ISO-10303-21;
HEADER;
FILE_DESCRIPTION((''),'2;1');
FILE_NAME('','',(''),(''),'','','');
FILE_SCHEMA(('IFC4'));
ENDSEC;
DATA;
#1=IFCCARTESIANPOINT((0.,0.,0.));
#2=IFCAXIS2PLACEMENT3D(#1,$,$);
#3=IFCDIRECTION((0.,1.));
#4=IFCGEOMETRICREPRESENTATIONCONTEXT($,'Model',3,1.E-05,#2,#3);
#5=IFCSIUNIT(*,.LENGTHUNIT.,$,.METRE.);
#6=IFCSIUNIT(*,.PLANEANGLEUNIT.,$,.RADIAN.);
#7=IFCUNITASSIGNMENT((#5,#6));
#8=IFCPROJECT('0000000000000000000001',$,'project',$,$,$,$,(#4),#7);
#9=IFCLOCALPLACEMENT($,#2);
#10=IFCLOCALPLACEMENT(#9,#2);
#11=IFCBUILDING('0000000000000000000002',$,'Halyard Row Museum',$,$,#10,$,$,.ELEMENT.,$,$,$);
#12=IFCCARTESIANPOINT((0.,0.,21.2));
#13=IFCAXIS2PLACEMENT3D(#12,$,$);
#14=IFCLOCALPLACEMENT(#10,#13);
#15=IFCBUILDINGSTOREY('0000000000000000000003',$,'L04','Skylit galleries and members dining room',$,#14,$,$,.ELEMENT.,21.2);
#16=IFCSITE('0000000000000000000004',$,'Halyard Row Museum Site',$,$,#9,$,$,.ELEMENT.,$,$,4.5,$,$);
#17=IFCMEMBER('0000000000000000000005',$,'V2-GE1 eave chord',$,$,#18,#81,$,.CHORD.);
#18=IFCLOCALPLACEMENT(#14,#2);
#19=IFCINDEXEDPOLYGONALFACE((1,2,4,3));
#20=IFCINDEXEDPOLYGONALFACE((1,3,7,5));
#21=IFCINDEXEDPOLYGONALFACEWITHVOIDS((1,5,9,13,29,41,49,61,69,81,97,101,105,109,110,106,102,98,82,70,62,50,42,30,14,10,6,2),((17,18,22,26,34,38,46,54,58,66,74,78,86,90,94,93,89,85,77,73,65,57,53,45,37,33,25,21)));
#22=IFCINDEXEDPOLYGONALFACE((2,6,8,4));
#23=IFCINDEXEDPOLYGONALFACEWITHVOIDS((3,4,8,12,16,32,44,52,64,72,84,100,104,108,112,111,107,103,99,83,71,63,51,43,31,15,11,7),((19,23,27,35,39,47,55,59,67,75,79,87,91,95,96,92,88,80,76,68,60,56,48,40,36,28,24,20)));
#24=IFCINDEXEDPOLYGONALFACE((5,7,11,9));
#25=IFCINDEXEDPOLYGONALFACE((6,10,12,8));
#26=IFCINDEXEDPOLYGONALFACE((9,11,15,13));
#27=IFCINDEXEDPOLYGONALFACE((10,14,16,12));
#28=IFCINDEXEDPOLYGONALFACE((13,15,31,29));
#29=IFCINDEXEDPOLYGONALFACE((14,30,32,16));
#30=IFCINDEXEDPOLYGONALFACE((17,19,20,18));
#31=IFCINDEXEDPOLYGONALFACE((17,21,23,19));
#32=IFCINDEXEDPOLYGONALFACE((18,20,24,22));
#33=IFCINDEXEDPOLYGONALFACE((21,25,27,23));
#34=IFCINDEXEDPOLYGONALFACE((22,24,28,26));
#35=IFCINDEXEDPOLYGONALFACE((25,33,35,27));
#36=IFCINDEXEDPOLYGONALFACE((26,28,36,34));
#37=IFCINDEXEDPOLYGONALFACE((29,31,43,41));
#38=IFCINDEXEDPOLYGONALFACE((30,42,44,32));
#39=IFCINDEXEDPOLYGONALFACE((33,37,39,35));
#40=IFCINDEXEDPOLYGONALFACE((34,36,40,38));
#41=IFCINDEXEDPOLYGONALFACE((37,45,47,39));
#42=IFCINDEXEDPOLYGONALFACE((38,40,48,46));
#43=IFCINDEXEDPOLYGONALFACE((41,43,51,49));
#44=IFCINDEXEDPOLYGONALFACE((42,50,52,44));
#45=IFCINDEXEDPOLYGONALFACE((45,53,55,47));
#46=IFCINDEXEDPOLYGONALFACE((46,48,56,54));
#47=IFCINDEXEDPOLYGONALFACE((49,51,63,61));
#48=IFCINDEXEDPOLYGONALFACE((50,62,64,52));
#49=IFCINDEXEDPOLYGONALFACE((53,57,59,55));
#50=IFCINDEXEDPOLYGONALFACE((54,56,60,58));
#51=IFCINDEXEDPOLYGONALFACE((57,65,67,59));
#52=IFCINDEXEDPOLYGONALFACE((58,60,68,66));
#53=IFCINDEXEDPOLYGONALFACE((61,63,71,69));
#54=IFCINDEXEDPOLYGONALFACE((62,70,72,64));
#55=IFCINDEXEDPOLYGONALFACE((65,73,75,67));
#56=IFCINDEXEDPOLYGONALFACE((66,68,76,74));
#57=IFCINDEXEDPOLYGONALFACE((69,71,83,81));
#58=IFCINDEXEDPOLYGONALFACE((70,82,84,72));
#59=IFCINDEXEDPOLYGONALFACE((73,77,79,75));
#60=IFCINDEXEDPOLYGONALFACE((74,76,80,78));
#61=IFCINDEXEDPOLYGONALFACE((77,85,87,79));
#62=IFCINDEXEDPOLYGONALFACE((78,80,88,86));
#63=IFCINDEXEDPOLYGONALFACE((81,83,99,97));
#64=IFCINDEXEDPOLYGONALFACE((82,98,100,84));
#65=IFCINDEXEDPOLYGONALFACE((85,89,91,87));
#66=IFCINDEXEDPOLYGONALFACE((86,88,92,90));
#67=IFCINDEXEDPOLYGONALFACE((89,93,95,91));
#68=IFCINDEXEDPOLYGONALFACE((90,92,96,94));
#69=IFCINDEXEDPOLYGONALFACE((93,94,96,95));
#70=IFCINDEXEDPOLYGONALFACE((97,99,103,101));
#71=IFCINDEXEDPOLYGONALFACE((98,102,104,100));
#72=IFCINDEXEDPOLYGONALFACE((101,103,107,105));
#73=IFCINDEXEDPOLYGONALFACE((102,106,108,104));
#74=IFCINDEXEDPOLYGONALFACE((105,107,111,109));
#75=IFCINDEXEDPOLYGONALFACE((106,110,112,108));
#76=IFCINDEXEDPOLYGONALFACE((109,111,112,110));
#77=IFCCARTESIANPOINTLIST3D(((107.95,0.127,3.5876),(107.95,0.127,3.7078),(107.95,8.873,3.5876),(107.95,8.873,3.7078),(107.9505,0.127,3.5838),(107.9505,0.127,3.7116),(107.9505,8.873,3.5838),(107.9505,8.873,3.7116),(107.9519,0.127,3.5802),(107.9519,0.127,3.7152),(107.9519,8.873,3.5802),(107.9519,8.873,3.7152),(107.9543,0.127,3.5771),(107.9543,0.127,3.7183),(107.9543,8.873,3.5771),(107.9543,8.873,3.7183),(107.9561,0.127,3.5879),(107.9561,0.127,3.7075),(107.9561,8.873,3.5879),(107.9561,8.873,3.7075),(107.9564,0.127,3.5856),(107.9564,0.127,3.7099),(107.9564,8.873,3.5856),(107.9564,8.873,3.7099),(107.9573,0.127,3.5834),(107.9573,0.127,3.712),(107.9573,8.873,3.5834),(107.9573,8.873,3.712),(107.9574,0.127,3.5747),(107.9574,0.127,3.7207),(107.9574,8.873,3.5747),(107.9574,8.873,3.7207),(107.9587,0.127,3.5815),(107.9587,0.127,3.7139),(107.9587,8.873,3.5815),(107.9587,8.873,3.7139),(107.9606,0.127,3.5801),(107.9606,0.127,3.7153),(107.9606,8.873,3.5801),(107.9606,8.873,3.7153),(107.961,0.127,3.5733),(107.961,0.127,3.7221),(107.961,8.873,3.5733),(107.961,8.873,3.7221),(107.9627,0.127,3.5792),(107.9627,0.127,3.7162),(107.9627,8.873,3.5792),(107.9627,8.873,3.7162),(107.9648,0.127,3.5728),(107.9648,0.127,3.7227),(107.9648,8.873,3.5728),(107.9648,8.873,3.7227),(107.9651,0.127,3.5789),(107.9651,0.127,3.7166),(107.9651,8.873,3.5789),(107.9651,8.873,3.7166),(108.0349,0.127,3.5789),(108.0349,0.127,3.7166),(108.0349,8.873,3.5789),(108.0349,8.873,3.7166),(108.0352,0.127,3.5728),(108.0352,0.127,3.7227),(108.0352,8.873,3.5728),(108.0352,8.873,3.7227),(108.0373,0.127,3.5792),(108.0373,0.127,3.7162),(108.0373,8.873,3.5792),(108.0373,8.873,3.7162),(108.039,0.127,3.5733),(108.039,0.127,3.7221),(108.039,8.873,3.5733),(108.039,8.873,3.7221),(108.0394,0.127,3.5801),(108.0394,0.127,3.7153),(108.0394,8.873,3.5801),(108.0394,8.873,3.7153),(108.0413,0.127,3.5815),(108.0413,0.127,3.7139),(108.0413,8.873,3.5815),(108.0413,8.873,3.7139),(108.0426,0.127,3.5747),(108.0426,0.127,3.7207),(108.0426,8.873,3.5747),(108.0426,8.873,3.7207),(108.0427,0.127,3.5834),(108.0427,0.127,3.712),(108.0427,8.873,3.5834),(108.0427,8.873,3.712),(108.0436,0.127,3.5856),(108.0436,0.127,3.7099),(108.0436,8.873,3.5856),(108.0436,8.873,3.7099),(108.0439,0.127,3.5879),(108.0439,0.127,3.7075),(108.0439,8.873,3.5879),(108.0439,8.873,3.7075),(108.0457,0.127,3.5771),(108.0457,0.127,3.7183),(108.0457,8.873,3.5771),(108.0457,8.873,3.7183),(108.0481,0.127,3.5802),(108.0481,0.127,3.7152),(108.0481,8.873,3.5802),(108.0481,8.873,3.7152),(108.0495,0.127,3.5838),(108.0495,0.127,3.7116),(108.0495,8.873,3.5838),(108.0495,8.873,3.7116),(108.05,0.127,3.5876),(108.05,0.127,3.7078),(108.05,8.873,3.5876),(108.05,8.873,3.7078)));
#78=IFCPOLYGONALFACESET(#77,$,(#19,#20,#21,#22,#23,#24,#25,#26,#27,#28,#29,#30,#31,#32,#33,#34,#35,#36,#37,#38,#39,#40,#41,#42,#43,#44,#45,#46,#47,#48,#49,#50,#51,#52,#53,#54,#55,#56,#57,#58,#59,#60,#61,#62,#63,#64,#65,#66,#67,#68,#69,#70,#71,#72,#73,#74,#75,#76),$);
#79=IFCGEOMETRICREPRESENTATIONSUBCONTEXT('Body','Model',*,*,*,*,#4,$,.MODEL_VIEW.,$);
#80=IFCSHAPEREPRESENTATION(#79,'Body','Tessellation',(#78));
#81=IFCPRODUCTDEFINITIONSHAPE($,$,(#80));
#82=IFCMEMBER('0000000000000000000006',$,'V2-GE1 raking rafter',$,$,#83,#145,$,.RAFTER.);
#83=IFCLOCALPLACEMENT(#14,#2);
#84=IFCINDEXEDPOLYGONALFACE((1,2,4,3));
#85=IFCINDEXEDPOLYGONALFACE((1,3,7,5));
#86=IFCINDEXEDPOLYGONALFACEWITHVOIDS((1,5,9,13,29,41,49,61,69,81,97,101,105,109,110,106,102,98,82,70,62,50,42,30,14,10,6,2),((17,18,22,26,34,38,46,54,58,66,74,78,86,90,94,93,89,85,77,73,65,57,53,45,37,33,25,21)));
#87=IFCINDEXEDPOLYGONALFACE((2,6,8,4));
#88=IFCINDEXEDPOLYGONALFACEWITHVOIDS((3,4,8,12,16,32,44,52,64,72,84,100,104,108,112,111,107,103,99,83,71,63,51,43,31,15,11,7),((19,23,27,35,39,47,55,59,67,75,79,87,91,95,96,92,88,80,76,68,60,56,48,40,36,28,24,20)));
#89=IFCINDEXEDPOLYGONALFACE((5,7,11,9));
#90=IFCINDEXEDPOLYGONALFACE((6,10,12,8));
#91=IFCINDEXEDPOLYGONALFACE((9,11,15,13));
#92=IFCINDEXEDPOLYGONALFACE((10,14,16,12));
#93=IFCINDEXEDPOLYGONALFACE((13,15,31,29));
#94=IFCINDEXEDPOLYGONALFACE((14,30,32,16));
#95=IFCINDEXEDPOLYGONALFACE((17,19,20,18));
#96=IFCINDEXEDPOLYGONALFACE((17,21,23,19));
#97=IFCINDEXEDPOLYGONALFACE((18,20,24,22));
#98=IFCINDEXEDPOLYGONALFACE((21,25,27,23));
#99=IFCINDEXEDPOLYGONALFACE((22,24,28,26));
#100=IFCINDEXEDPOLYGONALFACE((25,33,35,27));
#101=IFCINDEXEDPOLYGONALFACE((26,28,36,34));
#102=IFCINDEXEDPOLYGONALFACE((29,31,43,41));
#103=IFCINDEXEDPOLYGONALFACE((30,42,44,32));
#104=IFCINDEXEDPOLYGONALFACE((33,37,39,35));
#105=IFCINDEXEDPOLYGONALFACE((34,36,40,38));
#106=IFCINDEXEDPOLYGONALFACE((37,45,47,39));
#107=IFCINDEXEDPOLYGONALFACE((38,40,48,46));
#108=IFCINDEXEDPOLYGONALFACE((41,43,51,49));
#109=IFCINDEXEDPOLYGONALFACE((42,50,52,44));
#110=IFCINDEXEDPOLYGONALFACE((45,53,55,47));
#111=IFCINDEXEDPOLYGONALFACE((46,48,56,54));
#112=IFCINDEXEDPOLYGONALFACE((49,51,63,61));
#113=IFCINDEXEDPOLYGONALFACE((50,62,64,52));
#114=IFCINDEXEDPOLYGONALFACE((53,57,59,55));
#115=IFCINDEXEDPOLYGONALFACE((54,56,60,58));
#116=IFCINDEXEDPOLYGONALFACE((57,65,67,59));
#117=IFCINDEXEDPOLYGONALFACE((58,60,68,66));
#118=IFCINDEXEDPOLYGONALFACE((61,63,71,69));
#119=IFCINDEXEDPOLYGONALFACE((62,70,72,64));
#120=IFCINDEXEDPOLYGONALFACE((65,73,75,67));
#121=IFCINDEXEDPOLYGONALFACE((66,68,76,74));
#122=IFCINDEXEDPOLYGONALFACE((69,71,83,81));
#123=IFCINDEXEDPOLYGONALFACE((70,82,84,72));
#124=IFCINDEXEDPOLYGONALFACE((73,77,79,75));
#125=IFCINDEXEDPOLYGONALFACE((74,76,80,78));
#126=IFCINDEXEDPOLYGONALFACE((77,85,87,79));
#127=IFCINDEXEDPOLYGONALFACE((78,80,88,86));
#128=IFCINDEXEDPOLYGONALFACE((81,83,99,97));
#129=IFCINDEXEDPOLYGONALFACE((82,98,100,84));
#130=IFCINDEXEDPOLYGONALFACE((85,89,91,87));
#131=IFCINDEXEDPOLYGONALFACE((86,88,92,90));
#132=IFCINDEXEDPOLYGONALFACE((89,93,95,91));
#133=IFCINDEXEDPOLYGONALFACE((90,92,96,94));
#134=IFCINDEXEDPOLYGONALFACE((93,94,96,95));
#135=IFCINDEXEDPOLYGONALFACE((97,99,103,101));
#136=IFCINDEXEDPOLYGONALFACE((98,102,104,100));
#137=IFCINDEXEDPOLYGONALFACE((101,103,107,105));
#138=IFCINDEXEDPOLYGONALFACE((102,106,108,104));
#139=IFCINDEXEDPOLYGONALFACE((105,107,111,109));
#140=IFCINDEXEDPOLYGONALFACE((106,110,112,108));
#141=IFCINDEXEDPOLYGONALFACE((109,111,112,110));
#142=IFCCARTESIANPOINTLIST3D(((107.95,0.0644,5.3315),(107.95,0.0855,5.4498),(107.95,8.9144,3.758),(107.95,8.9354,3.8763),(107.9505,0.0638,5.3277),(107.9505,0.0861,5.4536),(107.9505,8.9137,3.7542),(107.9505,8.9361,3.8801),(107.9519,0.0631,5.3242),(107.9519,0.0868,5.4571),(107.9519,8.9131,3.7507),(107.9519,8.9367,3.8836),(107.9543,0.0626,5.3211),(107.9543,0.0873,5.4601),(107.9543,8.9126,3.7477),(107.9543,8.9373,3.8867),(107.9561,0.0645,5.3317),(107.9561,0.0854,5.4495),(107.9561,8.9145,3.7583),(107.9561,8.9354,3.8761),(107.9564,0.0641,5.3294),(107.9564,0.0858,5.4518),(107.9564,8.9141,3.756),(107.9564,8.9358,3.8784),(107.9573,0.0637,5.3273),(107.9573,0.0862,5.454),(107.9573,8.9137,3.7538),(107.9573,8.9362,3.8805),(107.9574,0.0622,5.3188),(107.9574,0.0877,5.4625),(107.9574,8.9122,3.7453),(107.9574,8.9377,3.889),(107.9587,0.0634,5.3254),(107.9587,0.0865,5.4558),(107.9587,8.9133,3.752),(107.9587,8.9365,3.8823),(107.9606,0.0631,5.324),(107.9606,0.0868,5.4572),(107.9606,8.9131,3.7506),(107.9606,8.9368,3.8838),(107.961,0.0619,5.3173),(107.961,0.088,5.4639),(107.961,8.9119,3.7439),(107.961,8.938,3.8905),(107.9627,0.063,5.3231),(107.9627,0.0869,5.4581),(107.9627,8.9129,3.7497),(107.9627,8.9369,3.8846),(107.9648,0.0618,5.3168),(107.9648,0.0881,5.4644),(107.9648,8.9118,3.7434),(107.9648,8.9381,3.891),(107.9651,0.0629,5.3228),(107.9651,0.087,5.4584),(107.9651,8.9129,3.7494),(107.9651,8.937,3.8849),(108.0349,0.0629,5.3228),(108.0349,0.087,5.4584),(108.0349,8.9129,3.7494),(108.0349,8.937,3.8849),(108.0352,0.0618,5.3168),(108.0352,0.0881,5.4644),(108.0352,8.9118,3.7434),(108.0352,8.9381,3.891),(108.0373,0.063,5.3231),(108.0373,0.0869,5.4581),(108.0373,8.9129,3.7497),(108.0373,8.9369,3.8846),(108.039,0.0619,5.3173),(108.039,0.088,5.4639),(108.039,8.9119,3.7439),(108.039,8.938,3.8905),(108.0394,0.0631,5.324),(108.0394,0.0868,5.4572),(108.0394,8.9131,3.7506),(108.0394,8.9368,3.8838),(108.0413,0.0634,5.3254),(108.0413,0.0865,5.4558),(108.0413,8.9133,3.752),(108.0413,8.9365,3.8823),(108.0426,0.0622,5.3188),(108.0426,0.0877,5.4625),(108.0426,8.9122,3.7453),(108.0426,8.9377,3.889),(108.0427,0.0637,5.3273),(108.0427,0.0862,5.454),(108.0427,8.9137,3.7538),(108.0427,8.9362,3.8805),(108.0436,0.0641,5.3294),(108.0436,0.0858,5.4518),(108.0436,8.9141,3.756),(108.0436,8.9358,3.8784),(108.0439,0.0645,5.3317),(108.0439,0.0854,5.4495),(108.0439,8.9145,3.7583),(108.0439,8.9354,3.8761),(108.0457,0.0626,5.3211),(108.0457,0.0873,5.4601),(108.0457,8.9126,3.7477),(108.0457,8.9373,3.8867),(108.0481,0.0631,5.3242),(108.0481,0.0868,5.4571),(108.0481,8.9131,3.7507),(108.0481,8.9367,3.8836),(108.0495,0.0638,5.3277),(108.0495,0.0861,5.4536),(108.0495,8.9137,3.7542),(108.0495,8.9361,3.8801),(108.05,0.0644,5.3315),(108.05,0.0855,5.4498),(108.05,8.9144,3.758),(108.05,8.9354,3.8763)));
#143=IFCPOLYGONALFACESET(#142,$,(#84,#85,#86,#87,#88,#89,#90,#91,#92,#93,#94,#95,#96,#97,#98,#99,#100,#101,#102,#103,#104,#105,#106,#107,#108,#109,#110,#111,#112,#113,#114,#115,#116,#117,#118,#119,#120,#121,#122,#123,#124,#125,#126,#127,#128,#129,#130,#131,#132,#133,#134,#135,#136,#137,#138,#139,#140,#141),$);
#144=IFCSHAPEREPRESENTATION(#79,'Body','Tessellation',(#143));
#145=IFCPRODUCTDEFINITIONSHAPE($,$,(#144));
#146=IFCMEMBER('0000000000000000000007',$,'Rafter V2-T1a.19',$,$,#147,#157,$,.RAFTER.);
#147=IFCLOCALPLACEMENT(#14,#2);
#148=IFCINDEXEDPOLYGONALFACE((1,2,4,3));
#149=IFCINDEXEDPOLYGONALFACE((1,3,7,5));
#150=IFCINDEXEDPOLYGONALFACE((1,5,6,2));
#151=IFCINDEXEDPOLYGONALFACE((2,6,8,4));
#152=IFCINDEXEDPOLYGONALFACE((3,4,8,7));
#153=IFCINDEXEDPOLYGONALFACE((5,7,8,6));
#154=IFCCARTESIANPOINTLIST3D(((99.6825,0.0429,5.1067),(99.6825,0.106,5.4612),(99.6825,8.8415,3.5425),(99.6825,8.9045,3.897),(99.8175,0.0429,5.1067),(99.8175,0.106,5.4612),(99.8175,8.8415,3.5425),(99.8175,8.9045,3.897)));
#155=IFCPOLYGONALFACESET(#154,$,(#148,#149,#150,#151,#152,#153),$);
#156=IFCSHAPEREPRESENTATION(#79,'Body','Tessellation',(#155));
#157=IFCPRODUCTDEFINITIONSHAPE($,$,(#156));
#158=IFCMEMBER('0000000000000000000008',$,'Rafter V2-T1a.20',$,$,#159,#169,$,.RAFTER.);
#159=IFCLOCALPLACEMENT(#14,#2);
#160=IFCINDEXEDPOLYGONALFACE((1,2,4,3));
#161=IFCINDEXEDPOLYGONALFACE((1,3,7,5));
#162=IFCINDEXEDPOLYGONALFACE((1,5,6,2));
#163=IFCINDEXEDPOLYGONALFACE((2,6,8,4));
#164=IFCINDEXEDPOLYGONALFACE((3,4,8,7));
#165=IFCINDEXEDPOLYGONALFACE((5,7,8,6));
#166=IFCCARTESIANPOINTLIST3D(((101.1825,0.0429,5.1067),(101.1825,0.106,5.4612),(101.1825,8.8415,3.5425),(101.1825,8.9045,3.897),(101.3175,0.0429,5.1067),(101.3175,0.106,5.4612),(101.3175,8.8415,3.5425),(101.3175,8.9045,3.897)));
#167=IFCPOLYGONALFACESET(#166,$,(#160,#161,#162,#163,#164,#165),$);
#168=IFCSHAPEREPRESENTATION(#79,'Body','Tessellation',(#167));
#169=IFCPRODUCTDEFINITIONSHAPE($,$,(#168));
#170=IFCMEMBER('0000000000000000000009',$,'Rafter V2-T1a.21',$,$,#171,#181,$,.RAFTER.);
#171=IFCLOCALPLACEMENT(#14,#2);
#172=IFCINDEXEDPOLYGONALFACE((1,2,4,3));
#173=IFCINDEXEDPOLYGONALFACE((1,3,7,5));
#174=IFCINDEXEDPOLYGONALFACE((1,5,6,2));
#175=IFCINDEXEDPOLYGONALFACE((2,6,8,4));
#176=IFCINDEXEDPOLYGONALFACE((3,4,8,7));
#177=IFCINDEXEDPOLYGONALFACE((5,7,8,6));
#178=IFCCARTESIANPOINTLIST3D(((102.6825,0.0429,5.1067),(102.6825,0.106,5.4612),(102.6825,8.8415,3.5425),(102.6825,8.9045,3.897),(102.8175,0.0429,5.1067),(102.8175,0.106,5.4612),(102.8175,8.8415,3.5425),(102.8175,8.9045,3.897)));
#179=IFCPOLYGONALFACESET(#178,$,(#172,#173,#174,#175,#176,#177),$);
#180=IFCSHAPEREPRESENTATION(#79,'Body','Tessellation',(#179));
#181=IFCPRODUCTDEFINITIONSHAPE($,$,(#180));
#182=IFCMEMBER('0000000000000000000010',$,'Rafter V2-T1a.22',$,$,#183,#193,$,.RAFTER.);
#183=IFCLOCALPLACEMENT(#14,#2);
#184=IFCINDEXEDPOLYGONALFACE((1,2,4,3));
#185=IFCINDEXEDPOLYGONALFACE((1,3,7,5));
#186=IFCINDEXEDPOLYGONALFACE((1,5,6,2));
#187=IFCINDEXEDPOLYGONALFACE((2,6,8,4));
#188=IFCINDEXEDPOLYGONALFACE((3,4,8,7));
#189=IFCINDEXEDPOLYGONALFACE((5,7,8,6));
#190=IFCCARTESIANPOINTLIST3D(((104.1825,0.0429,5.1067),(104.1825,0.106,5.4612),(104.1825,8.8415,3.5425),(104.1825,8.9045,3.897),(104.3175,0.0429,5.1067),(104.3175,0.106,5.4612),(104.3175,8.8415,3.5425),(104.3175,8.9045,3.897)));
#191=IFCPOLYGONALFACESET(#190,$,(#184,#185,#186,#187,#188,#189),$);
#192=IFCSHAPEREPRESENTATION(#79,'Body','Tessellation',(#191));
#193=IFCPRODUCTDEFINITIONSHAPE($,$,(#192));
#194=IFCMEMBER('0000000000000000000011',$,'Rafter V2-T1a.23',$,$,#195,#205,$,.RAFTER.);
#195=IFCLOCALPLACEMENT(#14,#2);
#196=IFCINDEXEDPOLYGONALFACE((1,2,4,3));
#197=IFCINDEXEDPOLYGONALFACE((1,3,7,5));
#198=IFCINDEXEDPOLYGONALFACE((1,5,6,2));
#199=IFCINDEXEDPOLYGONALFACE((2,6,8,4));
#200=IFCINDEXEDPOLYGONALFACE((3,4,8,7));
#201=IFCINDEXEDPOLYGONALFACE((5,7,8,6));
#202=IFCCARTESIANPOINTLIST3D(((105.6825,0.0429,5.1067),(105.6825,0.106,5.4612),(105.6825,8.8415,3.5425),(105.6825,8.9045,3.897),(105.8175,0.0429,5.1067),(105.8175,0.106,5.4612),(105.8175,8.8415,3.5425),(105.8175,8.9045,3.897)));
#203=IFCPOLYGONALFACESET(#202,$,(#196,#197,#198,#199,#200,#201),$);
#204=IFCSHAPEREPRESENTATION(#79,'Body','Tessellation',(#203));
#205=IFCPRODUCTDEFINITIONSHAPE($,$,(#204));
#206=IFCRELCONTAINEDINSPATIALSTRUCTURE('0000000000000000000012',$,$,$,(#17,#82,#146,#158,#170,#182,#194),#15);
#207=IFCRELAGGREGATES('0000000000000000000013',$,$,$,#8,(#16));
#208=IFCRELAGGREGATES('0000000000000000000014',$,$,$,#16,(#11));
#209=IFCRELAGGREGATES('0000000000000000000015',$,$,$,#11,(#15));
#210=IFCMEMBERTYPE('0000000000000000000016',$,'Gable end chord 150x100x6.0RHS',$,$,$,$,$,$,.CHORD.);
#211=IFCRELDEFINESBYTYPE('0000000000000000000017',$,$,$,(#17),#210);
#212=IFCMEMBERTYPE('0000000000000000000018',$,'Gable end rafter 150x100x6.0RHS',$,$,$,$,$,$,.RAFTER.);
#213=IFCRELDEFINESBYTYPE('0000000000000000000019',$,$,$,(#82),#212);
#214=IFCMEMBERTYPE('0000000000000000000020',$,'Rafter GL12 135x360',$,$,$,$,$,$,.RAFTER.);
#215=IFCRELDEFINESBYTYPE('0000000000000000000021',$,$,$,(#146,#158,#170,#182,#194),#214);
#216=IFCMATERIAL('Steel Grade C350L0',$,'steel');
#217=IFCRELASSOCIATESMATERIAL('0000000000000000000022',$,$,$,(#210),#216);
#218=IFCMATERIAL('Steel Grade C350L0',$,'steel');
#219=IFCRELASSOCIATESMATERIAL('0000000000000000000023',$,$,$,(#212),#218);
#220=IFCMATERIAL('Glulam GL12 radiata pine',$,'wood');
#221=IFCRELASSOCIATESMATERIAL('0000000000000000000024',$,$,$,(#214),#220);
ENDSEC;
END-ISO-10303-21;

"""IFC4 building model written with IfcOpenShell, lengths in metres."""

from ifc_helpers import new_model, si_unit, direction, frame, origin, origin_2d, place, context, subcontext, project, spatial, rectangle, hollow_rectangle, extrude, material, material_profile, profile_set, type_object, element, save


model = new_model("IFC4")

# Units and contexts
model_context = context("Model", 3, precision=1e-05, world=origin(), true_north=direction((0.0, 1.0)))
body_context = subcontext(model_context, "Body", "Model", "MODEL_VIEW")
ifc_project = project(units=[si_unit("LENGTHUNIT", "METRE"), si_unit("PLANEANGLEUNIT", "RADIAN")], contexts=[model_context])

# Site, building, storey
site_placement = place(None, origin())
site = spatial("IfcSite", under=ifc_project, at=site_placement, Name="Halyard Row Museum Site", CompositionType="ELEMENT", RefElevation=4.5)
building_placement = place(site_placement, origin())
building = spatial("IfcBuilding", under=site, at=building_placement, Name="Halyard Row Museum", CompositionType="ELEMENT")
storey_placement = place(building_placement, frame((0.0, 0.0, 21.2)))
storey = spatial("IfcBuildingStorey", under=building, at=storey_placement, Name="L04", Description="Skylit galleries and members dining room", CompositionType="ELEMENT", Elevation=21.2)

# Members
ifc_material_1 = material(Name="Steel Grade C350L0", Category="steel")
ifc_material_profile_1 = material_profile(ifc_material_1, hollow_rectangle(XDim=0.1001, YDim=0.1499, WallThickness=0.0061, InnerFilletRadius=0.009, OuterFilletRadius=0.0149, at=origin_2d()), Name="150x100x6.0RHS")
ifc_profile_set_1 = profile_set([ifc_material_profile_1], Name="Steel Grade C350L0")
member_type_1 = type_object("IfcMemberType", Name="Gable end chord 150x100x6.0RHS", PredefinedType="CHORD", material=ifc_profile_set_1)
member_1_placement = place(storey_placement, frame((108.0, 0.127, 3.6477), z_axis=(0.0, 1.0, 0.0), x_axis=(-1.0, 0.0, 0.0)))
element("IfcMember", 1, at=member_1_placement, inside=storey, type_object=member_type_1, Name="V2-GE1 eave chord", PredefinedType="CHORD", context=body_context, shape_type="SweptSolid", body=[
    extrude(hollow_rectangle(XDim=0.1001, YDim=0.1499, WallThickness=0.0061, InnerFilletRadius=0.009, OuterFilletRadius=0.0149, at=origin_2d()), origin(), (0.0, 0.0, 1.0), 8.7461),
])
ifc_material_2 = material(Name="Steel Grade C350L0", Category="steel")
ifc_material_profile_2 = material_profile(ifc_material_2, hollow_rectangle(XDim=0.1001, YDim=0.1499, WallThickness=0.0061, InnerFilletRadius=0.009, OuterFilletRadius=0.0149, at=origin_2d()), Name="150x100x6.0RHS")
ifc_profile_set_2 = profile_set([ifc_material_profile_2], Name="Steel Grade C350L0")
member_type_2 = type_object("IfcMemberType", Name="Gable end rafter 150x100x6.0RHS", PredefinedType="RAFTER", material=ifc_profile_set_2)
member_2_placement = place(storey_placement, frame((108.0, 0.075, 5.3906), z_axis=(0.0, 0.98456, -0.175048), x_axis=(-1.0, 0.0, 0.0)))
element("IfcMember", 2, at=member_2_placement, inside=storey, type_object=member_type_2, Name="V2-GE1 raking rafter", PredefinedType="RAFTER", context=body_context, shape_type="SweptSolid", body=[
    extrude(hollow_rectangle(XDim=0.1001, YDim=0.1499, WallThickness=0.0061, InnerFilletRadius=0.009, OuterFilletRadius=0.0149, at=origin_2d()), origin(), (0.0, 0.0, 1.0), 8.9888),
])
ifc_material_3 = material(Name="Glulam GL12 radiata pine", Category="wood")
ifc_material_profile_3 = material_profile(ifc_material_3, rectangle(XDim=0.135, YDim=0.3601, at=origin_2d()), Name="GL12 135x360")
ifc_profile_set_3 = profile_set([ifc_material_profile_3], Name="Glulam GL12 radiata pine")
member_type_3 = type_object("IfcMemberType", Name="Rafter GL12 135x360", PredefinedType="RAFTER", material=ifc_profile_set_3)
for number, where, z_axis, x_axis, name in (
    (3, (99.75, 0.0745, 5.2839), (0.0, 0.984562, -0.175035), (-1.0, 0.0, 0.0), "Rafter V2-T1a.19"),
    (4, (101.25, 0.0745, 5.2839), (0.0, 0.984562, -0.175035), (-1.0, 0.0, 0.0), "Rafter V2-T1a.20"),
    (5, (102.75, 0.0745, 5.2839), (0.0, 0.984562, -0.175035), (-1.0, 0.0, 0.0), "Rafter V2-T1a.21"),
    (6, (104.25, 0.0745, 5.2839), (0.0, 0.984562, -0.175035), (-1.0, 0.0, 0.0), "Rafter V2-T1a.22"),
    (7, (105.75, 0.0745, 5.2839), (0.0, 0.984562, -0.175035), (-1.0, 0.0, 0.0), "Rafter V2-T1a.23"),
):
    element("IfcMember", number, at=place(storey_placement, frame(where, z_axis=z_axis, x_axis=x_axis)), inside=storey, type_object=member_type_3, Name=name, PredefinedType="RAFTER", context=body_context, shape_type="SweptSolid", body=[
        extrude(rectangle(XDim=0.135, YDim=0.3601, at=origin_2d()), origin(), (0.0, 0.0, 1.0), 8.9365),
    ])

save(model, "model.ifc")
